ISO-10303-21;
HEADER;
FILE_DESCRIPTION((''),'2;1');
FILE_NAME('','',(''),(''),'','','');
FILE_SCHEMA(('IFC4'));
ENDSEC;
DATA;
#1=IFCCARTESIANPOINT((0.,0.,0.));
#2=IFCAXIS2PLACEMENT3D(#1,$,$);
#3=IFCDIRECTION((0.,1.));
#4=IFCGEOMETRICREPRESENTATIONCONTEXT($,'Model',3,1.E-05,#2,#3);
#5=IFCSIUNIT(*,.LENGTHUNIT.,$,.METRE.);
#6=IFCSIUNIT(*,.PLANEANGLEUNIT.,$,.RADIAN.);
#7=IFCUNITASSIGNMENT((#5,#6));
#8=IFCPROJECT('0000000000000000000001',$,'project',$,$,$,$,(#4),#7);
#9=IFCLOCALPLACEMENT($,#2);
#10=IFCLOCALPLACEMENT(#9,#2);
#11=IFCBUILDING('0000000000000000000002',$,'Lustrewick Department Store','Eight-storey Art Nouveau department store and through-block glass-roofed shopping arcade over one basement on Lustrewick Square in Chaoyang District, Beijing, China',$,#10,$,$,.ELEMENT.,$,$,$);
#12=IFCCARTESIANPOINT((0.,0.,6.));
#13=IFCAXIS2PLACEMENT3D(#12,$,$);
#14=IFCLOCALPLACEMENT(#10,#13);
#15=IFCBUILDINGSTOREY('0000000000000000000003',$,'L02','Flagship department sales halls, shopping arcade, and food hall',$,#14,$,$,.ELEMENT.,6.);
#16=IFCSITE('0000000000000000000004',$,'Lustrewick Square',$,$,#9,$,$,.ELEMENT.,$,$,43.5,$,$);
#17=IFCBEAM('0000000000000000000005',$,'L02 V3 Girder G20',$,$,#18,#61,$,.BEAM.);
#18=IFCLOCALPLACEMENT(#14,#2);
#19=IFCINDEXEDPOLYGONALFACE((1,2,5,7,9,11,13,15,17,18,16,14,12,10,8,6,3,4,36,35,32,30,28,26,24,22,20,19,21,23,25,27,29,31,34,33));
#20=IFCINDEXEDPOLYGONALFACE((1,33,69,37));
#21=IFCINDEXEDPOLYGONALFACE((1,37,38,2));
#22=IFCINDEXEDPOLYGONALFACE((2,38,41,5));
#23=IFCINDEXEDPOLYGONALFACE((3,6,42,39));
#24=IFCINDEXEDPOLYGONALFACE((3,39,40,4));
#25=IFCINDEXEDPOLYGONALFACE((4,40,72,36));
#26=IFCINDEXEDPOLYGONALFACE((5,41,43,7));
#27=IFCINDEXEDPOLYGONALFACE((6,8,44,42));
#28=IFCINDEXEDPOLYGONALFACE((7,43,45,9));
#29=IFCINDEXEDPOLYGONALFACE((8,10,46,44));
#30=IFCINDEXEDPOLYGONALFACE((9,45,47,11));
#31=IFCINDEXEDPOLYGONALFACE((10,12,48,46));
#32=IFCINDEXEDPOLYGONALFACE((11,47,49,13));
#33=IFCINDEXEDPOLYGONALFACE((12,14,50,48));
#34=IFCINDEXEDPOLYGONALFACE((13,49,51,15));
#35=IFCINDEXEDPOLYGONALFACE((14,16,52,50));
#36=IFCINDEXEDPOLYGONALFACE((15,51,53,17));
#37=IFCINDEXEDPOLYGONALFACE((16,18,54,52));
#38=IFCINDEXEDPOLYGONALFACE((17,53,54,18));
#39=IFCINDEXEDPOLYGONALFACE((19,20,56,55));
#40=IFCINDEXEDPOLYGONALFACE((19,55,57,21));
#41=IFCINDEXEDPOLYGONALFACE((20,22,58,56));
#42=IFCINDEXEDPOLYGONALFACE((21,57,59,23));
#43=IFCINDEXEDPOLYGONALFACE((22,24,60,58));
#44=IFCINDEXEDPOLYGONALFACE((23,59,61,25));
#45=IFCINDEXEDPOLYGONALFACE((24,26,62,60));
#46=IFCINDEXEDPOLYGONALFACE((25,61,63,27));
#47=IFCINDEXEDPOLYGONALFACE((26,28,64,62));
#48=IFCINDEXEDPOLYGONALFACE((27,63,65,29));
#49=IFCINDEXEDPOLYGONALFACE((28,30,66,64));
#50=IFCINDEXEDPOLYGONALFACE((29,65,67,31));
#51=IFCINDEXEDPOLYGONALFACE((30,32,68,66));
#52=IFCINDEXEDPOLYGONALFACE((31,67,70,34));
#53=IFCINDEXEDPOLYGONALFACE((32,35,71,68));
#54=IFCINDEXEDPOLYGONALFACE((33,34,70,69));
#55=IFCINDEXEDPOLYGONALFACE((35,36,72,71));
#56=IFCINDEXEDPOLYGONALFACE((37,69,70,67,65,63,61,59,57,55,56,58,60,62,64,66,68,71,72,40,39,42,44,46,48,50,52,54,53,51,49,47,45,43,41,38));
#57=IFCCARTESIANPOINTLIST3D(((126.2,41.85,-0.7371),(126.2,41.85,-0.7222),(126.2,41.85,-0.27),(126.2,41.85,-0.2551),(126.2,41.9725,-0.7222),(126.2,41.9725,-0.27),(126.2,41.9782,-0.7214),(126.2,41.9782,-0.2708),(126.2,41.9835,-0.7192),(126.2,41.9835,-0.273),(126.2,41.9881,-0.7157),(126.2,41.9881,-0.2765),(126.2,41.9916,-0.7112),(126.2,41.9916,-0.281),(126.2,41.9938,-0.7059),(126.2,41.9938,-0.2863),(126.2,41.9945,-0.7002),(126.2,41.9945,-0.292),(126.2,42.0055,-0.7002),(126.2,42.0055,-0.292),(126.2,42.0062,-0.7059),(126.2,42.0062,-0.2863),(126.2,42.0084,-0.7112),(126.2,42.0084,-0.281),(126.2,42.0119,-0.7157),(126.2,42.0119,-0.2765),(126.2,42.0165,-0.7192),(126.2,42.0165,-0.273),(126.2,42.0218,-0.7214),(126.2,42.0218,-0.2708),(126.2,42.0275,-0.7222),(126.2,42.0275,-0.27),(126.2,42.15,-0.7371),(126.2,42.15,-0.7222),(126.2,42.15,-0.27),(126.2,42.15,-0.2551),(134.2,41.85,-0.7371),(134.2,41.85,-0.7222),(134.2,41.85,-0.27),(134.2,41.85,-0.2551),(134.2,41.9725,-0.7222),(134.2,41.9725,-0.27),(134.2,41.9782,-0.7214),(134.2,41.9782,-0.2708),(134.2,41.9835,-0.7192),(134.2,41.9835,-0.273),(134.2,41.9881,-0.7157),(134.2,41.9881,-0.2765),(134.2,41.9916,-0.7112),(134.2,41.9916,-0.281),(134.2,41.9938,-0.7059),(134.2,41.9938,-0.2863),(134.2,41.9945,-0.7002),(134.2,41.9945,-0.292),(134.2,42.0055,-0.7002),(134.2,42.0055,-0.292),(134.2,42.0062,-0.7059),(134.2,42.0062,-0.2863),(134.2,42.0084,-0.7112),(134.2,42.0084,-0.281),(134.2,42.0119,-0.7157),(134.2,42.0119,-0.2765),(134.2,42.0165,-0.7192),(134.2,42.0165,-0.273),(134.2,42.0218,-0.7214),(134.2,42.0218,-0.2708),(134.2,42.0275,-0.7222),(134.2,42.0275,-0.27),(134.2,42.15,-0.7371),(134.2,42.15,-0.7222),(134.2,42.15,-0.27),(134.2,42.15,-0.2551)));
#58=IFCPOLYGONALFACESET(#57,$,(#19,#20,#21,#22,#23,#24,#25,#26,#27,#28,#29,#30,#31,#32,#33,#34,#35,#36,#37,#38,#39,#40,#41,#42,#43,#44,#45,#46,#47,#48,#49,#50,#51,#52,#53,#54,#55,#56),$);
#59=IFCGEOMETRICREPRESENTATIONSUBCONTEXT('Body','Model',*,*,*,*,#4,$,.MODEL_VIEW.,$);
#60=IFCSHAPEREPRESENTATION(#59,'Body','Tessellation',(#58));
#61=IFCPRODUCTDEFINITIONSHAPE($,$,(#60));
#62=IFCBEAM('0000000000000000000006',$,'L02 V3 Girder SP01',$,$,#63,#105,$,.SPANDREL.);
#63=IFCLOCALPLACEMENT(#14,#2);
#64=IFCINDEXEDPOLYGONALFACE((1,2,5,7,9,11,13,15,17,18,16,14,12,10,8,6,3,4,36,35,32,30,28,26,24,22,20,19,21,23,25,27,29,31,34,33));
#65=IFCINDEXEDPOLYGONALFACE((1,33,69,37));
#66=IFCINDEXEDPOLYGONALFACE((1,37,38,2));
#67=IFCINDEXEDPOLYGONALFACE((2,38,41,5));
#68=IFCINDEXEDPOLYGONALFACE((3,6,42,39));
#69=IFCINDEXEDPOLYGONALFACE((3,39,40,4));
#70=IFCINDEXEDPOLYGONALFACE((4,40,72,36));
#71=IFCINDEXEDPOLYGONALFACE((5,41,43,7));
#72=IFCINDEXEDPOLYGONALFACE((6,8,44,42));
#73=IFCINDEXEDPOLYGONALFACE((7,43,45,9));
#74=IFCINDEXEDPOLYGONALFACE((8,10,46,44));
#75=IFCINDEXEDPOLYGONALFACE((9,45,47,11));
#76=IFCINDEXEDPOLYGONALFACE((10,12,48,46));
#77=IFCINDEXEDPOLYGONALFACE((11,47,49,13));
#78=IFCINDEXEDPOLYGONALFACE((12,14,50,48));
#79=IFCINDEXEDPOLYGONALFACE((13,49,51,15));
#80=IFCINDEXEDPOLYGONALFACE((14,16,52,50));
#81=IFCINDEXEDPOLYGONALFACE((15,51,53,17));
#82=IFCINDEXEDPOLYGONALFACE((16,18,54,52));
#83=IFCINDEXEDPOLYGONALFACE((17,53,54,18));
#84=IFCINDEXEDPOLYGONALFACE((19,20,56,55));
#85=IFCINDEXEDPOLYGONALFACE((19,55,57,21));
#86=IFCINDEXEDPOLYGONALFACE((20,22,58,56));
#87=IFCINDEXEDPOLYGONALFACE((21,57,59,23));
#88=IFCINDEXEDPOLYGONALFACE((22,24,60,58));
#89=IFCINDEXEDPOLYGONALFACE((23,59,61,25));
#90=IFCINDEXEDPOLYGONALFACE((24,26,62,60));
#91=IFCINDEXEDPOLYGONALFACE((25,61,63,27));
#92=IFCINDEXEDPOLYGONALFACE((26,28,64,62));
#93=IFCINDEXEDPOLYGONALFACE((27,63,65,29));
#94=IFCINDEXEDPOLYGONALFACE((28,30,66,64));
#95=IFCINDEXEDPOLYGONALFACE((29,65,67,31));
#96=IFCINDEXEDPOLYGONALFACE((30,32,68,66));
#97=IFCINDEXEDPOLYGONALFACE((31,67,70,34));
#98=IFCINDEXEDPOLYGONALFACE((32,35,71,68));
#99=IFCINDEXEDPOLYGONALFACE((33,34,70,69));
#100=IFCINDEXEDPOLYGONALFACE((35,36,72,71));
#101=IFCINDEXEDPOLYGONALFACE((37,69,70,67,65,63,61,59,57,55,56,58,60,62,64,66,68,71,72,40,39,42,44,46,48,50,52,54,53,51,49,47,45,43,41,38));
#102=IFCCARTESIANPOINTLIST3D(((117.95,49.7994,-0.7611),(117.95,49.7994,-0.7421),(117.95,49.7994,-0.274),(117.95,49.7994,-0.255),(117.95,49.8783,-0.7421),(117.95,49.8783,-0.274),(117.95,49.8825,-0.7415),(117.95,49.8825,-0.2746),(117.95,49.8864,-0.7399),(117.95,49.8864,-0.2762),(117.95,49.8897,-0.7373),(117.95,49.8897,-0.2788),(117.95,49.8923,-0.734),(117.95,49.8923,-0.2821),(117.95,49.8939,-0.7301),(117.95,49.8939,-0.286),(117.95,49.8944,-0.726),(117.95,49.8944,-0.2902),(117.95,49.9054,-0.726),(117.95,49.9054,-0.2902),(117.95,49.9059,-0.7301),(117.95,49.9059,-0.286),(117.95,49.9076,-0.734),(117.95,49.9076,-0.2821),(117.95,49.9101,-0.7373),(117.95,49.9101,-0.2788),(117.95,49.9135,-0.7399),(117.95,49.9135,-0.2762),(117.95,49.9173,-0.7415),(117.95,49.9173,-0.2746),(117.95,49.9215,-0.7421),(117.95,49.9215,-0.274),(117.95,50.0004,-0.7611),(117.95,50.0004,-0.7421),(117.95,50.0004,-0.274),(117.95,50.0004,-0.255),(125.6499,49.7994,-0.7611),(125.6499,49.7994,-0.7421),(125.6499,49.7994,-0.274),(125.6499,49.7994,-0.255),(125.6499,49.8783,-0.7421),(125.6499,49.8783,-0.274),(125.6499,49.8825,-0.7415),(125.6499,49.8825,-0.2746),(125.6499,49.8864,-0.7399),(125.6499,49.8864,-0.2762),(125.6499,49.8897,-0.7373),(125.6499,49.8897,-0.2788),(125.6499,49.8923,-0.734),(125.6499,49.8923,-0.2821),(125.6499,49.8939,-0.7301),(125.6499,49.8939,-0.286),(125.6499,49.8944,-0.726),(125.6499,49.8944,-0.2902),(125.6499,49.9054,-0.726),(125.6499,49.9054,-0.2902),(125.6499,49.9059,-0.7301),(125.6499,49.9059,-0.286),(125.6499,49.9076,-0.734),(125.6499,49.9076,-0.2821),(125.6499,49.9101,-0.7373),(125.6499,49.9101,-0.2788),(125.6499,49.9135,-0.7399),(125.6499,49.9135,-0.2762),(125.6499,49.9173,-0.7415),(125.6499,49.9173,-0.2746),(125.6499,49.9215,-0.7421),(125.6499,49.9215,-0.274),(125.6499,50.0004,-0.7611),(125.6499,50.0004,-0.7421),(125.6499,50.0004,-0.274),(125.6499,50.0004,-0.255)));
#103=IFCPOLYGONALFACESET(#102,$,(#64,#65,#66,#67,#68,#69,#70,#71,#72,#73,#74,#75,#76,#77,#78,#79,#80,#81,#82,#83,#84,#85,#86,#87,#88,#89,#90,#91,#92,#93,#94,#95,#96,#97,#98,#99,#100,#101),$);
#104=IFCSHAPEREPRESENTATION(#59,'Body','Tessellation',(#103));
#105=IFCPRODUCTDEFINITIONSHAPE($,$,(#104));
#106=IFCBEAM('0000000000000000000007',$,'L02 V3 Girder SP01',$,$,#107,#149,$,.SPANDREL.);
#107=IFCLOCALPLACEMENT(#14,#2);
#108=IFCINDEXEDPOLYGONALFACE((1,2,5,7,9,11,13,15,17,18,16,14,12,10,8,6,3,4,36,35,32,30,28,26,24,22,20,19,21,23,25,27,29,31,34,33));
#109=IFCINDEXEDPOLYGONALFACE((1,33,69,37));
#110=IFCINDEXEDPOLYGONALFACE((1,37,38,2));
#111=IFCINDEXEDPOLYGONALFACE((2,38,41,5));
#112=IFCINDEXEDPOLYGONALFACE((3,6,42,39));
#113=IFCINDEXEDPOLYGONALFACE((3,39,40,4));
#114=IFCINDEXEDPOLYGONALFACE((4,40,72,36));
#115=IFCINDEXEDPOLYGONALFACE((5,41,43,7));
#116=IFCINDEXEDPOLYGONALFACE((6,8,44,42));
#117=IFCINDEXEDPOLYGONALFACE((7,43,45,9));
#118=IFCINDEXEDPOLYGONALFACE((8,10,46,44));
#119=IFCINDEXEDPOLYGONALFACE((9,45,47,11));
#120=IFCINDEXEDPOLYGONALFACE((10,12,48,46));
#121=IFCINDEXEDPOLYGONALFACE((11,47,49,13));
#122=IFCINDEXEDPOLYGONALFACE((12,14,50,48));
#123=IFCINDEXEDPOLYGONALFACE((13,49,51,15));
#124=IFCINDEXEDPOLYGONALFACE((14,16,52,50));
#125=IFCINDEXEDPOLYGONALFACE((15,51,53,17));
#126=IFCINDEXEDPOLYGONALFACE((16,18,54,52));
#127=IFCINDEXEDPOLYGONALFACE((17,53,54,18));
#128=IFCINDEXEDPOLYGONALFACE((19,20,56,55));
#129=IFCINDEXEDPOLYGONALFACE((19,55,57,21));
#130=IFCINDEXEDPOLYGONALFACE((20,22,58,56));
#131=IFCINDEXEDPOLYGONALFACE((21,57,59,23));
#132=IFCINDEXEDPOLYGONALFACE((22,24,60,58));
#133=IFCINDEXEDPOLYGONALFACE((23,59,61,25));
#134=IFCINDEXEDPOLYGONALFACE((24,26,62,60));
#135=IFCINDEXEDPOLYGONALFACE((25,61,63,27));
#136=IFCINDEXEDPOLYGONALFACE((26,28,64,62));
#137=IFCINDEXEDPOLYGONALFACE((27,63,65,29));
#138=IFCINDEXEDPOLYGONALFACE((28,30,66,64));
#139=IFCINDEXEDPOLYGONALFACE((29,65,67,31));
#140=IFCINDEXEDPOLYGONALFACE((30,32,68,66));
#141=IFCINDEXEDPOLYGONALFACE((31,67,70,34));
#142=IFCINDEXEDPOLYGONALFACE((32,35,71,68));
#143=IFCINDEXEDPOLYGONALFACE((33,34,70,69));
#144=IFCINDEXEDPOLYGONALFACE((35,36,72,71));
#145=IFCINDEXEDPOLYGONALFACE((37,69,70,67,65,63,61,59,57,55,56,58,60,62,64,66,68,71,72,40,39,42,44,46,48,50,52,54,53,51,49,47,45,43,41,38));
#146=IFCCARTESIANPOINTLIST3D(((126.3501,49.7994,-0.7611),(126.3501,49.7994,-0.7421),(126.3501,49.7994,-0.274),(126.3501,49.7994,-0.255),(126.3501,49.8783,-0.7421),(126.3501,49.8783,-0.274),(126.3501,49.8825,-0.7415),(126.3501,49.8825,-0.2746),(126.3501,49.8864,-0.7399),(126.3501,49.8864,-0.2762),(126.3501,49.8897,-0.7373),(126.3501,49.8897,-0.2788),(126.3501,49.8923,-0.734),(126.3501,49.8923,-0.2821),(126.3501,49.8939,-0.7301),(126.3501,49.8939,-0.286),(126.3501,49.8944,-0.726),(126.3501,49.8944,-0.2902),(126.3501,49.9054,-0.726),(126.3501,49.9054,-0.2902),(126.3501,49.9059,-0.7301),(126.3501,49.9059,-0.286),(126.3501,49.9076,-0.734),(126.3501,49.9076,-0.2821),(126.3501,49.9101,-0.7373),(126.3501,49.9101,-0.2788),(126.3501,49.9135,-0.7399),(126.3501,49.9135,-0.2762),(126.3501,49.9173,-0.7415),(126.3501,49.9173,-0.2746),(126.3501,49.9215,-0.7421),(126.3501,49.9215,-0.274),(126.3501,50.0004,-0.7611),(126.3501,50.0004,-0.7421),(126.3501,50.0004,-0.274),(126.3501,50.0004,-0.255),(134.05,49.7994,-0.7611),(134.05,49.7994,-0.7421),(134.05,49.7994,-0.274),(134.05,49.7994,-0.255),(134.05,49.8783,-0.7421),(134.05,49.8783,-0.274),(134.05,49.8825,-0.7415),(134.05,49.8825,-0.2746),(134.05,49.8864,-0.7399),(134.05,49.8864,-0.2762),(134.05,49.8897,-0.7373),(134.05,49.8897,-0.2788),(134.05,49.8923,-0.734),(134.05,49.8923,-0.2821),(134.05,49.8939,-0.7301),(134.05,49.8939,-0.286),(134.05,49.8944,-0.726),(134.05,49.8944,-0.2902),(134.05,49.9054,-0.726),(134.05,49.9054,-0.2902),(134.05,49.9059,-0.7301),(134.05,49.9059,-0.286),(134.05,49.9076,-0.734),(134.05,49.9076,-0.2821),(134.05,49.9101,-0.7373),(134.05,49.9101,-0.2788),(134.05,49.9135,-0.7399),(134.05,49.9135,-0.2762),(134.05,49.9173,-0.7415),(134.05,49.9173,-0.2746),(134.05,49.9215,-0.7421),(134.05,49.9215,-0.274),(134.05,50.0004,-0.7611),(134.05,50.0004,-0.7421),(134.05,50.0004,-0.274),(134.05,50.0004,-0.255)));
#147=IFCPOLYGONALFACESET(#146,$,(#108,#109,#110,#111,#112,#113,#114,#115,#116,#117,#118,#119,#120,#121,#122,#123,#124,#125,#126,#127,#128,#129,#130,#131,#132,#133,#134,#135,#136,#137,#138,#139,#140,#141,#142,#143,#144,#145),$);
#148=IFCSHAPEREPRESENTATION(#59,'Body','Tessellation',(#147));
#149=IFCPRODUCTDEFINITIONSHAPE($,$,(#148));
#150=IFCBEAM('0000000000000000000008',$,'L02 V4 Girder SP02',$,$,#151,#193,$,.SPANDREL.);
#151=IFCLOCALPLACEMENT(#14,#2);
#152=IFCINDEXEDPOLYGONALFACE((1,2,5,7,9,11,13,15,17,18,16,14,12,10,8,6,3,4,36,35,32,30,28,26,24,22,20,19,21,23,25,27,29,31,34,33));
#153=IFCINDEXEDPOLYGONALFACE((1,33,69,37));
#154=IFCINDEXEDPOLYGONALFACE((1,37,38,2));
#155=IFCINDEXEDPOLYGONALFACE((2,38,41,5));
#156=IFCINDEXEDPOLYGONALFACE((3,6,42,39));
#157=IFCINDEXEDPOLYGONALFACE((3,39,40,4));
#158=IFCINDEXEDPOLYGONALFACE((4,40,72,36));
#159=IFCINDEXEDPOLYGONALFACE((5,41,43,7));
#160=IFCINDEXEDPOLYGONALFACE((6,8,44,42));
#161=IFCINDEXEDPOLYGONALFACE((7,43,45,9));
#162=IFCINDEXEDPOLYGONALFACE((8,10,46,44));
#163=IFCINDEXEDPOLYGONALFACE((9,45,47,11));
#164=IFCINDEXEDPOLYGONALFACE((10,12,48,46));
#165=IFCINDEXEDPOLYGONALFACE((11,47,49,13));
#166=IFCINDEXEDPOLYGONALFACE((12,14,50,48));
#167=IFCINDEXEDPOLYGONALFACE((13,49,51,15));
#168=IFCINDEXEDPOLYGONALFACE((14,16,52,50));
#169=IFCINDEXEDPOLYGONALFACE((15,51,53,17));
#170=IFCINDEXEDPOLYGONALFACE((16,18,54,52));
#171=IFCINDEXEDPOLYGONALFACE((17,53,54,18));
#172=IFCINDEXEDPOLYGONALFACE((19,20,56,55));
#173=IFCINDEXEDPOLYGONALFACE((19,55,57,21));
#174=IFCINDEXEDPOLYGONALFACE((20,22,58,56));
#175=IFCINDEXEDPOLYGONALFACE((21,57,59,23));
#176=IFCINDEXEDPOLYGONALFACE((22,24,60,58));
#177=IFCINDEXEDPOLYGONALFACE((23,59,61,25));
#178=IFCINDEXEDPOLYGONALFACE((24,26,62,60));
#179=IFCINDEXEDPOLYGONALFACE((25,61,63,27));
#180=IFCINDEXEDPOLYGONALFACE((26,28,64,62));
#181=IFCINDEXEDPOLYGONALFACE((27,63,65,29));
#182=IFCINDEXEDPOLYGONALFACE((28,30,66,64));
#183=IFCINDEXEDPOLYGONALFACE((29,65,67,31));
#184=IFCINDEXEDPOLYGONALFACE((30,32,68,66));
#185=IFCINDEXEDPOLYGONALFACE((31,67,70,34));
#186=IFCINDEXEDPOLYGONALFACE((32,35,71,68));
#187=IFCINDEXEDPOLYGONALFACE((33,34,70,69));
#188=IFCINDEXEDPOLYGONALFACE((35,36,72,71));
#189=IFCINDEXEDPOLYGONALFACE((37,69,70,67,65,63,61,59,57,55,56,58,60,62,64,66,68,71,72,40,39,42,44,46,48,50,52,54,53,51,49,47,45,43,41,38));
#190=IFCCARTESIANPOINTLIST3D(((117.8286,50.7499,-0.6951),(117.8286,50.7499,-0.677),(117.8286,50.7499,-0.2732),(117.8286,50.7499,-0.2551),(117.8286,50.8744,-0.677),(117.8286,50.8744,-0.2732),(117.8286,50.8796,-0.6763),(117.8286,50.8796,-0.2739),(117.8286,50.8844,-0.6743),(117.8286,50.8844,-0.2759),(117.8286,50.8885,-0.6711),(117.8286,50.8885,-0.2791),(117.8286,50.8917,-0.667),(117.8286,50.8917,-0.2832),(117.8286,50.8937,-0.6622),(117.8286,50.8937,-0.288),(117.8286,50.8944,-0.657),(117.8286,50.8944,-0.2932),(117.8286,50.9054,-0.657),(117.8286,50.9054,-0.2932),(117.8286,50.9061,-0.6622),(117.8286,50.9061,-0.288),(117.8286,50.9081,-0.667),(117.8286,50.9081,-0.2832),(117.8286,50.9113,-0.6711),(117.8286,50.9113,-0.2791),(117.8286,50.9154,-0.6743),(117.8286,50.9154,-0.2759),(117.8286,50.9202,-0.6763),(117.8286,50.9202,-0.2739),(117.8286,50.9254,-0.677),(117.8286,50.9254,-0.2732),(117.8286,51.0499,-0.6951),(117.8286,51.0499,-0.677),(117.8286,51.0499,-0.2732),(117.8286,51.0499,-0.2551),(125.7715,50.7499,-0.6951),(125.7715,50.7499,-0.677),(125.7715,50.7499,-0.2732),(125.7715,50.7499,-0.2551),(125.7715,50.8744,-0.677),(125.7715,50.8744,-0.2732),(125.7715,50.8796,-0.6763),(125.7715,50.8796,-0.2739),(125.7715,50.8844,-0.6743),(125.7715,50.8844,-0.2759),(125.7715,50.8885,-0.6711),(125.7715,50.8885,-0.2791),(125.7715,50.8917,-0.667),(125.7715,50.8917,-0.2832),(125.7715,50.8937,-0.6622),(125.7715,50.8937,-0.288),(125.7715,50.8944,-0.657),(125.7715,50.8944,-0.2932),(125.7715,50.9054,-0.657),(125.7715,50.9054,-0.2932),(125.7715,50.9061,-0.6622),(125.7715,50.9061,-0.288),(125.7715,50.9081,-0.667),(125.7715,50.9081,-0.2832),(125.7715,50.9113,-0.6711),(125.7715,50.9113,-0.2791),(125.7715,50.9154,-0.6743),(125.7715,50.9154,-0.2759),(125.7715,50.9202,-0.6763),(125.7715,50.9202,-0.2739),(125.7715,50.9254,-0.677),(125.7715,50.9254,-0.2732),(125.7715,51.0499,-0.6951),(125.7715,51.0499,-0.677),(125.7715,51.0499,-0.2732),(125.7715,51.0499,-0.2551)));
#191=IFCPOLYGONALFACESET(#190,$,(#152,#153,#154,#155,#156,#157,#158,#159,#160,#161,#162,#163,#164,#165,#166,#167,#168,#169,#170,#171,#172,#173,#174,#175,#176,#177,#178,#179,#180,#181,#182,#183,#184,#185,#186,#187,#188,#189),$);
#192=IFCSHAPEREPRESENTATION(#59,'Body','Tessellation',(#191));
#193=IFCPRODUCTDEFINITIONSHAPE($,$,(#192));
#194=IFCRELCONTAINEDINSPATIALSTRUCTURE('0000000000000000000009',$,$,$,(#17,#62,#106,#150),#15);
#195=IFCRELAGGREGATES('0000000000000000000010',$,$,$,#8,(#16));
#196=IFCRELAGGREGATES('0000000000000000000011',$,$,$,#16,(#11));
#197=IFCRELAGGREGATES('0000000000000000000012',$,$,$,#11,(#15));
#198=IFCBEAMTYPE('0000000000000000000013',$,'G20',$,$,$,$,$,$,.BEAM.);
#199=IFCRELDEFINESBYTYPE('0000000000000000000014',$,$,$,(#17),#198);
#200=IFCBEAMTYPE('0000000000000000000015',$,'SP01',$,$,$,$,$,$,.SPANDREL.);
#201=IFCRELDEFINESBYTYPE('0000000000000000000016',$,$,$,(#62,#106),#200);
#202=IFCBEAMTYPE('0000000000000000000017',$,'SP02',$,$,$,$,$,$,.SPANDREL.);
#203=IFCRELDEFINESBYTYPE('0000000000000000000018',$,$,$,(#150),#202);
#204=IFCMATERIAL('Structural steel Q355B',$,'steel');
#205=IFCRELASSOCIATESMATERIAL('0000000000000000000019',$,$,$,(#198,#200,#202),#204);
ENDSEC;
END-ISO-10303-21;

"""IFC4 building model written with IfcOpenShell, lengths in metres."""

from ifc_helpers import new_model, si_unit, direction, frame, origin, origin_2d, place, context, subcontext, project, spatial, i_section, extrude, material, material_profile, profile_set, type_object, element, save


model = new_model("IFC4")

# Units and contexts
model_context = context("Model", 3, precision=1e-05, world=origin(), true_north=direction((0.0, 1.0)))
body_context = subcontext(model_context, "Body", "Model", "MODEL_VIEW")
ifc_project = project(units=[si_unit("LENGTHUNIT", "METRE"), si_unit("PLANEANGLEUNIT", "RADIAN")], contexts=[model_context])

# Site, building, storey
site_placement = place(None, origin())
site = spatial("IfcSite", under=ifc_project, at=site_placement, Name="Lustrewick Square", CompositionType="ELEMENT", RefElevation=43.5)
building_placement = place(site_placement, origin())
building = spatial("IfcBuilding", under=site, at=building_placement, Name="Lustrewick Department Store", Description="Eight-storey Art Nouveau department store and through-block glass-roofed shopping arcade over one basement on Lustrewick Square in Chaoyang District, Beijing, China", CompositionType="ELEMENT")
storey_placement = place(building_placement, frame((0.0, 0.0, 6.0)))
storey = spatial("IfcBuildingStorey", under=building, at=storey_placement, Name="L02", Description="Flagship department sales halls, shopping arcade, and food hall", CompositionType="ELEMENT", Elevation=6.0)

# Shared definitions
ifc_material_1 = material(Name="Structural steel Q355B", Category="steel")

# Beams
ifc_material_profile_1 = material_profile(ifc_material_1, i_section(OverallWidth=0.3, OverallDepth=0.4819, WebThickness=0.011, FlangeThickness=0.0149, FilletRadius=0.022, at=origin_2d()), Name="HM 482x300x11x15")
ifc_profile_set_1 = profile_set([ifc_material_profile_1], Name="Structural steel Q355B")
beam_type_1 = type_object("IfcBeamType", Name="G20", PredefinedType="BEAM", material=ifc_profile_set_1)
beam_1_placement = place(storey_placement, frame((126.2, 42.0, -0.4961), z_axis=(1.0, 0.0, 0.0), x_axis=(0.0, 1.0, 0.0)))
element("IfcBeam", 1, at=beam_1_placement, inside=storey, type_object=beam_type_1, Name="L02 V3 Girder G20", PredefinedType="BEAM", context=body_context, shape_type="SweptSolid", body=[
    extrude(i_section(OverallWidth=0.3, OverallDepth=0.4819, WebThickness=0.011, FlangeThickness=0.0149, FilletRadius=0.022, at=origin_2d()), origin(), (0.0, 0.0, 1.0), 8.0),
])
ifc_material_profile_2 = material_profile(ifc_material_1, i_section(OverallWidth=0.2009, OverallDepth=0.5061, WebThickness=0.011, FlangeThickness=0.019, FilletRadius=0.0161, at=origin_2d()), Name="HN 506x201x11x19")
ifc_profile_set_2 = profile_set([ifc_material_profile_2], Name="Structural steel Q355B")
beam_type_2 = type_object("IfcBeamType", Name="SP01", PredefinedType="SPANDREL", material=ifc_profile_set_2)
for number, where, z_axis, x_axis, name in (
    (2, (117.95, 49.8999, -0.5081), (1.0, 0.0, 0.0), (0.0, 1.0, 0.0), "L02 V3 Girder SP01"),
    (3, (126.3501, 49.8999, -0.5081), (1.0, 0.0, 0.0), (0.0, 1.0, 0.0), "L02 V3 Girder SP01"),
):
    element("IfcBeam", number, at=place(storey_placement, frame(where, z_axis=z_axis, x_axis=x_axis)), inside=storey, type_object=beam_type_2, Name=name, PredefinedType="SPANDREL", context=body_context, shape_type="SweptSolid", body=[
        extrude(i_section(OverallWidth=0.2009, OverallDepth=0.5061, WebThickness=0.011, FlangeThickness=0.019, FilletRadius=0.0161, at=origin_2d()), origin(), (0.0, 0.0, 1.0), 7.7),
    ])
ifc_material_profile_3 = material_profile(ifc_material_1, i_section(OverallWidth=0.3, OverallDepth=0.4399, WebThickness=0.011, FlangeThickness=0.0181, FilletRadius=0.02, at=origin_2d()), Name="HM 440x300x11x18")
ifc_profile_set_3 = profile_set([ifc_material_profile_3], Name="Structural steel Q355B")
beam_type_3 = type_object("IfcBeamType", Name="SP02", PredefinedType="SPANDREL", material=ifc_profile_set_3)
for number, where, z_axis, x_axis, name in (
    (4, (117.8286, 50.8999, -0.4751), (1.0, 0.0, 0.0), (0.0, 1.0, 0.0), "L02 V4 Girder SP02"),
):
    element("IfcBeam", number, at=place(storey_placement, frame(where, z_axis=z_axis, x_axis=x_axis)), inside=storey, type_object=beam_type_3, Name=name, PredefinedType="SPANDREL", context=body_context, shape_type="SweptSolid", body=[
        extrude(i_section(OverallWidth=0.3, OverallDepth=0.4399, WebThickness=0.011, FlangeThickness=0.0181, FilletRadius=0.02, at=origin_2d()), origin(), (0.0, 0.0, 1.0), 7.9429),
    ])

save(model, "model.ifc")
